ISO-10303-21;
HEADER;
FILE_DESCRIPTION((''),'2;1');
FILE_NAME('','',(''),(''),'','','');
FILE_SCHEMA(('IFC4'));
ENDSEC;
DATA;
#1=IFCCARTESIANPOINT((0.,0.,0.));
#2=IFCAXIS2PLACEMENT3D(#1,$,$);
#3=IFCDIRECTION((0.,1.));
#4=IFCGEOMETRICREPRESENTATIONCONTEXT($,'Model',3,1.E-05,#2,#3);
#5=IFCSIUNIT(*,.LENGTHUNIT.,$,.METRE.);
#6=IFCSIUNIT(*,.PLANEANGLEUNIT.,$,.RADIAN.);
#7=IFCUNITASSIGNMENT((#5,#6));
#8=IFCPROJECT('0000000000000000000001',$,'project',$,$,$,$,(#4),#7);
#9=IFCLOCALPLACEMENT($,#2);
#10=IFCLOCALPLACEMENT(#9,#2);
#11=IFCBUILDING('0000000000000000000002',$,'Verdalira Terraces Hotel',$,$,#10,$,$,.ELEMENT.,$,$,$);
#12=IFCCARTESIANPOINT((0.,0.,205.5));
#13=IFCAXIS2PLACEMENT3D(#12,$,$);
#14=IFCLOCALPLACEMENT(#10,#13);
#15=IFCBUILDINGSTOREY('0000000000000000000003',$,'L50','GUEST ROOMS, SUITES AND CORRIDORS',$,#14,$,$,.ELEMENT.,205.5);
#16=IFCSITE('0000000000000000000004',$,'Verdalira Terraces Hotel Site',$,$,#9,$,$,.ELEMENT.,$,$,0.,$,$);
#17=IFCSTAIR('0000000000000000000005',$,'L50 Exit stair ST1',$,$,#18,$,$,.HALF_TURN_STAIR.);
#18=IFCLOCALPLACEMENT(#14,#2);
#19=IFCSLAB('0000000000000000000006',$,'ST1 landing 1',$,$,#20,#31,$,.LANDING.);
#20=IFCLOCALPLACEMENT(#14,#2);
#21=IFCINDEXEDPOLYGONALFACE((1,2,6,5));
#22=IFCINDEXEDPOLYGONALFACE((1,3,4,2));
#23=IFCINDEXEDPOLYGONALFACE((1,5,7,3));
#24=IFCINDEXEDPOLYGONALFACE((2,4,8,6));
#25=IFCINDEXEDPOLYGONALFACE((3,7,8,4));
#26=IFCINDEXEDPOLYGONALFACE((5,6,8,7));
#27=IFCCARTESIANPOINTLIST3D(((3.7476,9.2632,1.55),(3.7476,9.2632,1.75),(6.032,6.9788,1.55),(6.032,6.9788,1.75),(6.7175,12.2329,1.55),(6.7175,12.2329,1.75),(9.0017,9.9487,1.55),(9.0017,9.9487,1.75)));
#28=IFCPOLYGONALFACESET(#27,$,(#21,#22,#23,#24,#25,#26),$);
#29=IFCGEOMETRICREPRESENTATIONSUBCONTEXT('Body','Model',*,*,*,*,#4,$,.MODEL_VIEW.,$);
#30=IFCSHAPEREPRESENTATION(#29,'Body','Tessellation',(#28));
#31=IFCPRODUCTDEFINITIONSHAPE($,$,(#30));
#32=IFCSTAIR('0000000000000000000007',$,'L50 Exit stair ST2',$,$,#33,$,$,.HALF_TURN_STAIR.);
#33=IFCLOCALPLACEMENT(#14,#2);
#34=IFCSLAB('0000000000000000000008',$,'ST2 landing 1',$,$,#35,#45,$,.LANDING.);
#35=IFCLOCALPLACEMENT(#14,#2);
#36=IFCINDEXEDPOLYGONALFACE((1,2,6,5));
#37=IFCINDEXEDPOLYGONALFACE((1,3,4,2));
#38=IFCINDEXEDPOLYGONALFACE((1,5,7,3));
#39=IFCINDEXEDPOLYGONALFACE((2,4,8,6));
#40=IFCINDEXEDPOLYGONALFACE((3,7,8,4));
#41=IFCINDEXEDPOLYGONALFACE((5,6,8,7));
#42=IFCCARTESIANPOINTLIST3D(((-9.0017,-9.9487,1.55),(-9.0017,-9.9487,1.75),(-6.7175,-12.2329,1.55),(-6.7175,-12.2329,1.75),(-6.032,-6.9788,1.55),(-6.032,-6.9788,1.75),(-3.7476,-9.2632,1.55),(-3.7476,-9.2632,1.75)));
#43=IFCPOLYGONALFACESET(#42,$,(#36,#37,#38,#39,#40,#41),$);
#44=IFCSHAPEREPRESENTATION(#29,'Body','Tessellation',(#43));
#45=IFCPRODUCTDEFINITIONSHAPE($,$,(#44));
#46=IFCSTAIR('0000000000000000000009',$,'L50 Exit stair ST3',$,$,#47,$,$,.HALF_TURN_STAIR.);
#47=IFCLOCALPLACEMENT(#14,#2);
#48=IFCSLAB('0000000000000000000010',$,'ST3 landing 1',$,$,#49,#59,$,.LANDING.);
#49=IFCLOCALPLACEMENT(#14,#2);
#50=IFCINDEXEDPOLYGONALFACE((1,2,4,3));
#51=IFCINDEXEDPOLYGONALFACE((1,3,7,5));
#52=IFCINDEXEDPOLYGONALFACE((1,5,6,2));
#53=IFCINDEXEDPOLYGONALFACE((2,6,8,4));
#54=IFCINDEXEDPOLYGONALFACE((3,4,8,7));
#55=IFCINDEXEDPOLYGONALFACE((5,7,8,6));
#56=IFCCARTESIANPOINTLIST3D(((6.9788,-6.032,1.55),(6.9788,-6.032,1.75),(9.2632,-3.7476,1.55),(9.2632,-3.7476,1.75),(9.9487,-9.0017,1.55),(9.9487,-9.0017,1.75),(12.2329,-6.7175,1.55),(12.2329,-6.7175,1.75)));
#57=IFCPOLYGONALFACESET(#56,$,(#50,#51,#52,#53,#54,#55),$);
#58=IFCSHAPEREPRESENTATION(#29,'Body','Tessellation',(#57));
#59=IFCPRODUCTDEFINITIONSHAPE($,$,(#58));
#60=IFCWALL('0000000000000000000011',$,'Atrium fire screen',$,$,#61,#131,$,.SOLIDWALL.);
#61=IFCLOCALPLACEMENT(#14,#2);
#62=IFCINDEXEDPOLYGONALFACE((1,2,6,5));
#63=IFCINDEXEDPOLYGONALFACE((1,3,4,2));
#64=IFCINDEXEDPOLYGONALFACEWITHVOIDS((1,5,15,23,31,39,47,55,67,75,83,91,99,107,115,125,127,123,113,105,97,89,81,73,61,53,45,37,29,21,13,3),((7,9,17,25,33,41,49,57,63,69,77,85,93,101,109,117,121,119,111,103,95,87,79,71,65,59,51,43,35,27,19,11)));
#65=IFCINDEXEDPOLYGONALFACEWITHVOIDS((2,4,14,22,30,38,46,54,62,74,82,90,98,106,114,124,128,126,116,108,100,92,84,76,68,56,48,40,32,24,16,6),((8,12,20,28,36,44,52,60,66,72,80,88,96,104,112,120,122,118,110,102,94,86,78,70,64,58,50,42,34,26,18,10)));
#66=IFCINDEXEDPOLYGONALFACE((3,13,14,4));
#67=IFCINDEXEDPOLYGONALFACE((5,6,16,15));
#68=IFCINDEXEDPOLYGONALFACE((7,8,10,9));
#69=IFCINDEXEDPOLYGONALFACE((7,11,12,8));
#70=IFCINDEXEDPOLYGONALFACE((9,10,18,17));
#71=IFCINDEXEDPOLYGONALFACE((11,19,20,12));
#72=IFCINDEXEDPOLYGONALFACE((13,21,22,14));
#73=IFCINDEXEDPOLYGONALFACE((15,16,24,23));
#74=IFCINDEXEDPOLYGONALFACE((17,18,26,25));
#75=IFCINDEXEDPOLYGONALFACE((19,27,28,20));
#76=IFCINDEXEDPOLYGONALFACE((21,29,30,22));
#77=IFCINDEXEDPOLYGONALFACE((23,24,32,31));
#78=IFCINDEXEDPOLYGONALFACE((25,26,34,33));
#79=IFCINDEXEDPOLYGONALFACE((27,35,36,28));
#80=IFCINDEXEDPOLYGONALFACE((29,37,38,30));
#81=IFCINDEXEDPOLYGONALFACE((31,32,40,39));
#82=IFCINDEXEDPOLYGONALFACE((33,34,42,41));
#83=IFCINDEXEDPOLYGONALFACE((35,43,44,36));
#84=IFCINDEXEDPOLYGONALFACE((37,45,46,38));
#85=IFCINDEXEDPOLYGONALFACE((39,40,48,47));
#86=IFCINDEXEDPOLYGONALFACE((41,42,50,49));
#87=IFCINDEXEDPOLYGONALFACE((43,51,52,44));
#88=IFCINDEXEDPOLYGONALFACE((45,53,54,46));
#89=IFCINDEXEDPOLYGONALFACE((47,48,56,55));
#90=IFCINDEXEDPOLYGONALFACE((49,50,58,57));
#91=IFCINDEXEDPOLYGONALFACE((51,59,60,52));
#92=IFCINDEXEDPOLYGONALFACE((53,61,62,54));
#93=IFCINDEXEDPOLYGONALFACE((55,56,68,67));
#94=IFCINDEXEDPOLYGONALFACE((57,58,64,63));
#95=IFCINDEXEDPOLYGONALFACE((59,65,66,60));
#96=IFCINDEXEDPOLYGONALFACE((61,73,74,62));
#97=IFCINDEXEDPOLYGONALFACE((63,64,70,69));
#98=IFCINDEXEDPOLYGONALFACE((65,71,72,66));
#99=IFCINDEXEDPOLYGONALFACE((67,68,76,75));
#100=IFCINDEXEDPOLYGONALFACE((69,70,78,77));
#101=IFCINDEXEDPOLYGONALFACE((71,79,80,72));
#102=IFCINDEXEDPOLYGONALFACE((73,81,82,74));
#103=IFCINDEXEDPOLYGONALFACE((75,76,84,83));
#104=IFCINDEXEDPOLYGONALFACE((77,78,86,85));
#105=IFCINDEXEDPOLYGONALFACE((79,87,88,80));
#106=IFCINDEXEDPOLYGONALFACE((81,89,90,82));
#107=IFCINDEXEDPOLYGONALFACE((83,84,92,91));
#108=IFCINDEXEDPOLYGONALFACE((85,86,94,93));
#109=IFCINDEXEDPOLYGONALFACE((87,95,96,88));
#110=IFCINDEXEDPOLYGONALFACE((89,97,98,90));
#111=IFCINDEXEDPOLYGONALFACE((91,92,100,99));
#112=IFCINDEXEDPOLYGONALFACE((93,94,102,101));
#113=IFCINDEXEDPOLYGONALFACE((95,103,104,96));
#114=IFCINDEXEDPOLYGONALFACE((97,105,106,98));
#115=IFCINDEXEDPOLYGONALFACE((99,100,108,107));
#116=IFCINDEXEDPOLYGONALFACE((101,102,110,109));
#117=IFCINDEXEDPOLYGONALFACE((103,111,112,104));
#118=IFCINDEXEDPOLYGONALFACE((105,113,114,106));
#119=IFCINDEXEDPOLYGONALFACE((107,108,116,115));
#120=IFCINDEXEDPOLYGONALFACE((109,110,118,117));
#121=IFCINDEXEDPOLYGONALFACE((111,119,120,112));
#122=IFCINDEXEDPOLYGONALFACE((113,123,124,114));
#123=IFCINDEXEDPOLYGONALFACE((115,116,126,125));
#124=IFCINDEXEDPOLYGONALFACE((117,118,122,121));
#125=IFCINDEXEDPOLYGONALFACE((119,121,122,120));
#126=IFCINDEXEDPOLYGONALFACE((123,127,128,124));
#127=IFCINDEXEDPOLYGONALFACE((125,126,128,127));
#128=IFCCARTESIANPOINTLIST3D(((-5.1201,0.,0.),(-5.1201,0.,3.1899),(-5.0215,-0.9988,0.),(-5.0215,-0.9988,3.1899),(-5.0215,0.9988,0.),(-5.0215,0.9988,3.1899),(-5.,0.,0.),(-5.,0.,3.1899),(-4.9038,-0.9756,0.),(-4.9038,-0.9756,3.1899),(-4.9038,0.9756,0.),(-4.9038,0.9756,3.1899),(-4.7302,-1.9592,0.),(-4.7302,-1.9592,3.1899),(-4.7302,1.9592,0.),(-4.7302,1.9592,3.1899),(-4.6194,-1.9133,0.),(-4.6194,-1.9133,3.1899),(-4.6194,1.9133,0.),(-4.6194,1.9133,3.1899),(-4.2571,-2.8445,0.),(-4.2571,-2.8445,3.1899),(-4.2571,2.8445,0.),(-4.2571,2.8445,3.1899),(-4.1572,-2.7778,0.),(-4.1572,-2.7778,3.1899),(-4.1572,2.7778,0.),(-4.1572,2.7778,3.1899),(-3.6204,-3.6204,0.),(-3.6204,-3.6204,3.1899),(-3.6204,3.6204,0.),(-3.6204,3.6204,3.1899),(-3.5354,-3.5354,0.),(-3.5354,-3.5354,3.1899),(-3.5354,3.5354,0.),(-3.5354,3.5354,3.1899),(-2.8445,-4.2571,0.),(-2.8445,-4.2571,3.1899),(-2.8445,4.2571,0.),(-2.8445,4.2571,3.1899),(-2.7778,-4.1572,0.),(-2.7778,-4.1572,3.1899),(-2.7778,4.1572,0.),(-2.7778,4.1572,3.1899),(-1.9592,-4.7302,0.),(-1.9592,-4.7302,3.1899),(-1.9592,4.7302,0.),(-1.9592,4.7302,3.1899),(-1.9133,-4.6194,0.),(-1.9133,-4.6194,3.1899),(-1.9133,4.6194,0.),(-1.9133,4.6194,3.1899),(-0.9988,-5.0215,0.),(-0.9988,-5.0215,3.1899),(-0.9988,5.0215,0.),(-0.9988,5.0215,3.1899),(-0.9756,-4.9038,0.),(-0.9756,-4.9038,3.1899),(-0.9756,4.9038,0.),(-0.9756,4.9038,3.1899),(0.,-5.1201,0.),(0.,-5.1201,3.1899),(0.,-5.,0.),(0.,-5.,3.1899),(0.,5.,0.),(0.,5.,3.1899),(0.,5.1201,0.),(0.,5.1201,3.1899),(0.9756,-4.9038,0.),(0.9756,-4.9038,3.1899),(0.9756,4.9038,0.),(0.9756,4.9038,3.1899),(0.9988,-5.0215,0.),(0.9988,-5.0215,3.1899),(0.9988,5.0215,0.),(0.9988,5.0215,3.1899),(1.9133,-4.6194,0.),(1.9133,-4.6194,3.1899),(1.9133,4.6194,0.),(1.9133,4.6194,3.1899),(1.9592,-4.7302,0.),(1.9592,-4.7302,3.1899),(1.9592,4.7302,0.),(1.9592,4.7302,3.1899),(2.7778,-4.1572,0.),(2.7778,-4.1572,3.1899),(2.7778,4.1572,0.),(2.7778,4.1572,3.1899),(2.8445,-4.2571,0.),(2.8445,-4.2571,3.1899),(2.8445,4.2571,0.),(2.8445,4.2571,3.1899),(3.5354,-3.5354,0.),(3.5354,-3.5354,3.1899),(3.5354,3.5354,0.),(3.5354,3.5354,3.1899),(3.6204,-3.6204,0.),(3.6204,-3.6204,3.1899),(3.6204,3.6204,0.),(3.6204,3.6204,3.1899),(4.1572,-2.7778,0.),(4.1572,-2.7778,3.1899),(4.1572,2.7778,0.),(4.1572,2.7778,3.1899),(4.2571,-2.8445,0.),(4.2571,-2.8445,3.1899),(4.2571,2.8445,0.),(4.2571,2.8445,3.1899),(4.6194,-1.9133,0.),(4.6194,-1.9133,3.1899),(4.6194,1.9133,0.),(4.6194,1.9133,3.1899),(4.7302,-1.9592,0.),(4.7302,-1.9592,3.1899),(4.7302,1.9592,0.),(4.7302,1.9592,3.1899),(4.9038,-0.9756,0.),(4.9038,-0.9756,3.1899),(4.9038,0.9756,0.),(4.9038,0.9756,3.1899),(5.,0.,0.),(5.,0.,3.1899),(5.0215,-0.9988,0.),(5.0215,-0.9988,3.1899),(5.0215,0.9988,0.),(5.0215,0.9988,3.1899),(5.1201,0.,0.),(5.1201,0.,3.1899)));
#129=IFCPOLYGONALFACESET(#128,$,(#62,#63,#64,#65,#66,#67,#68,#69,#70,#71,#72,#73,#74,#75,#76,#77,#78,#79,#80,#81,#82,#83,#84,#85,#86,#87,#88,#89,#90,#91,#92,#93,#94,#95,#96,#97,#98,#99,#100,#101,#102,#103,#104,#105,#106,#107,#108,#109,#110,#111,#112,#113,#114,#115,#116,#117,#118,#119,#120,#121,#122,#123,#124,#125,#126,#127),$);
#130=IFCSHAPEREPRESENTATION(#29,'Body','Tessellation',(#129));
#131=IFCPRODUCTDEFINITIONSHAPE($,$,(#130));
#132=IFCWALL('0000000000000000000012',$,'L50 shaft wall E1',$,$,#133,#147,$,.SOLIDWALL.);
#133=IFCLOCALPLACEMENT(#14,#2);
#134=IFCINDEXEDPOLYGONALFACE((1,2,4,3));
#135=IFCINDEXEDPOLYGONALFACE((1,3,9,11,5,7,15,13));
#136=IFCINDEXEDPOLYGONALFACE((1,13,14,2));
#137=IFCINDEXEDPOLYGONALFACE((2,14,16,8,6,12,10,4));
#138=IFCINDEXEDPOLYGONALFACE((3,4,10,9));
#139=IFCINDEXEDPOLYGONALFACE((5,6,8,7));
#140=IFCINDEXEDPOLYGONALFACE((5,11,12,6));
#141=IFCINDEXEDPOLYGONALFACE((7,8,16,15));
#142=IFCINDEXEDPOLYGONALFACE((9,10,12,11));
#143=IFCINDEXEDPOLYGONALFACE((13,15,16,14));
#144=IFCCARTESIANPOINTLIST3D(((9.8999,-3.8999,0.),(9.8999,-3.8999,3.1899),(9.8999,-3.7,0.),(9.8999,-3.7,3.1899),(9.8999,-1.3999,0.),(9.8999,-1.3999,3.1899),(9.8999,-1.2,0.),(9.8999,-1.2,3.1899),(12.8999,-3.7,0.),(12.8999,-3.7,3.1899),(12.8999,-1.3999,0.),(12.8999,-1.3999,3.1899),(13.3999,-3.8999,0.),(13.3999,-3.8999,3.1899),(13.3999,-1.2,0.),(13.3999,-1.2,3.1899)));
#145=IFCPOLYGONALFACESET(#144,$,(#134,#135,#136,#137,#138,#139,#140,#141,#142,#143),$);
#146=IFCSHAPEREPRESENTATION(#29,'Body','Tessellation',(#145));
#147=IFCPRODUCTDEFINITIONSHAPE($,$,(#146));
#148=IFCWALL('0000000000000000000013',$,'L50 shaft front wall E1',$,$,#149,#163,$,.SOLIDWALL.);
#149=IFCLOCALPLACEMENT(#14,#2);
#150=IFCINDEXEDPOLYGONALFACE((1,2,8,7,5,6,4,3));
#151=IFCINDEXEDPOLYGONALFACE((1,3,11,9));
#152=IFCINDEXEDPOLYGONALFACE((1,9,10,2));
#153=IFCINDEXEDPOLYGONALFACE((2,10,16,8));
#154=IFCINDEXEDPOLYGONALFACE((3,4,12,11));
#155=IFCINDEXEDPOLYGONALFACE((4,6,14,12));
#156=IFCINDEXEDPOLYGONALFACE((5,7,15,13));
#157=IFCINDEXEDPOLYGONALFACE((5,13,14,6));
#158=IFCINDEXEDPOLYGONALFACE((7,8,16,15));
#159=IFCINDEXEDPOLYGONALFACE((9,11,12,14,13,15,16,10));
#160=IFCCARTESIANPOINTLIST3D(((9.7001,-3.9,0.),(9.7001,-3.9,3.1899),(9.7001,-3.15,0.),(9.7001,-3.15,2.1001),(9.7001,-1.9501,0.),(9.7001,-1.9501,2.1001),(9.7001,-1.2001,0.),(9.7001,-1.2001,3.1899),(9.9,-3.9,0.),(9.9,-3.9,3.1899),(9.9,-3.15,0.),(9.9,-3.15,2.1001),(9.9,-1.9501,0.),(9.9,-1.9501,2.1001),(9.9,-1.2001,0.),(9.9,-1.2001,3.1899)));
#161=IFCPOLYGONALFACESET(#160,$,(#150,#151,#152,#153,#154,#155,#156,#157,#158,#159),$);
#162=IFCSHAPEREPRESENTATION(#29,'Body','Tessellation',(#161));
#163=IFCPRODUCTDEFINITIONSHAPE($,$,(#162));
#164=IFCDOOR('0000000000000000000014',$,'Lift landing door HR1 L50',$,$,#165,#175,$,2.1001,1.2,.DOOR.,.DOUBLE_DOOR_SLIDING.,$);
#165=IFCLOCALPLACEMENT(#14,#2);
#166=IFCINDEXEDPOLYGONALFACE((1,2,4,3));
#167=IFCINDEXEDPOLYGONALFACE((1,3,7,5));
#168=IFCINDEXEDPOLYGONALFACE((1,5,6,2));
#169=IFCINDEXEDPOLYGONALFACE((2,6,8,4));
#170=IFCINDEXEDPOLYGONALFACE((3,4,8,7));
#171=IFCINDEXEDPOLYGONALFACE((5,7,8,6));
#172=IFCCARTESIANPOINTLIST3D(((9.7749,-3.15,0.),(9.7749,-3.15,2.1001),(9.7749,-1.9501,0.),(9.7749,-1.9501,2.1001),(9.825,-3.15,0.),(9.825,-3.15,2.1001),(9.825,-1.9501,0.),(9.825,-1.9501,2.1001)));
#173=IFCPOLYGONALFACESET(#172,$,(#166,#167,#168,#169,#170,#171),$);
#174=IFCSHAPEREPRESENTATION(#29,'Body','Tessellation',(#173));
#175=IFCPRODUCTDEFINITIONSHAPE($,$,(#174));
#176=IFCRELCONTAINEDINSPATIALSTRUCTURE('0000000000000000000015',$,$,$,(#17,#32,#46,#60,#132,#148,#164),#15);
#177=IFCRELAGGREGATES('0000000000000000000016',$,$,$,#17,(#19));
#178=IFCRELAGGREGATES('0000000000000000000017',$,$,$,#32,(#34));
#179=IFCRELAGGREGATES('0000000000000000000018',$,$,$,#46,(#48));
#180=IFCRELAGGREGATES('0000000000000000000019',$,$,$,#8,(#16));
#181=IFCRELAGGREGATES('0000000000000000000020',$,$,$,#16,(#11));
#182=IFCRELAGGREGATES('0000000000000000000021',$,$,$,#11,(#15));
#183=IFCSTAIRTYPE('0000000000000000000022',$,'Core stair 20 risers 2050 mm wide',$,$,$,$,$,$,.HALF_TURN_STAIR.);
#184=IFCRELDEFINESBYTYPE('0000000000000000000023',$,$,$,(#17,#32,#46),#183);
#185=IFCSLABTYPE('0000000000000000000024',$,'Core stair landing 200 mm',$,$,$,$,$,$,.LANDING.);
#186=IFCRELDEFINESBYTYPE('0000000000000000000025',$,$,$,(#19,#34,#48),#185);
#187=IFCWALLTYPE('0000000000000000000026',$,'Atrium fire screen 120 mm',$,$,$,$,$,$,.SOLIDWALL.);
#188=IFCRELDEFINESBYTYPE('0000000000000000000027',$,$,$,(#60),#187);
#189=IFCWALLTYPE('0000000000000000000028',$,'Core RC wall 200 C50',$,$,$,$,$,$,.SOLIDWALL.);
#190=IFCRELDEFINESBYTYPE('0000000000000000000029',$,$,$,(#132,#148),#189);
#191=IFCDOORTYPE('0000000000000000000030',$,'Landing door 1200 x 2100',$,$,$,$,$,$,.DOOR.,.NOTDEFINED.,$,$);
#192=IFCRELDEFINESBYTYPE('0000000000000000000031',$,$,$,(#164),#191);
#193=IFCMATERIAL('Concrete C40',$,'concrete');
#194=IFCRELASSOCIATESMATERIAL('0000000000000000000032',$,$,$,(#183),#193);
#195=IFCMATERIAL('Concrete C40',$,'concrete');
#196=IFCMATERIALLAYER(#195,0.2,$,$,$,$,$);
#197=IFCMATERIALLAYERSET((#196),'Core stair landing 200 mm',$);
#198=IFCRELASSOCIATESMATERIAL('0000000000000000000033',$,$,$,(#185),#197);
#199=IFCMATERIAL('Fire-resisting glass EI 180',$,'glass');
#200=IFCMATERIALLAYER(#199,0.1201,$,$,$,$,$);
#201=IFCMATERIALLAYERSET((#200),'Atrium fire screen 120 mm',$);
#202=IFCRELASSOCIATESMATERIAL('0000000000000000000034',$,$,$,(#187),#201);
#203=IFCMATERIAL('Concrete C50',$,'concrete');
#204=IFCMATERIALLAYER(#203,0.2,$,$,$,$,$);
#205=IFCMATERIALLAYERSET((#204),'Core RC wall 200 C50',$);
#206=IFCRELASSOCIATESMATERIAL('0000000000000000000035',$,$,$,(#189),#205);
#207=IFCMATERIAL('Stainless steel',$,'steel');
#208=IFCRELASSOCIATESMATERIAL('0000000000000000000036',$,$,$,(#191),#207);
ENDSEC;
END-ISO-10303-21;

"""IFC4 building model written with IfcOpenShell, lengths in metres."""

from ifc_helpers import new_model, si_unit, direction, frame, frame_2d, origin, place, context, subcontext, project, spatial, polyline, rectangle, outline, extrude, material, layer, layer_set, type_object, element, fill, aggregate, save


model = new_model("IFC4")

# Units and contexts
model_context = context("Model", 3, precision=1e-05, world=origin(), true_north=direction((0.0, 1.0)))
body_context = subcontext(model_context, "Body", "Model", "MODEL_VIEW")
ifc_project = project(units=[si_unit("LENGTHUNIT", "METRE"), si_unit("PLANEANGLEUNIT", "RADIAN")], contexts=[model_context])

# Site, building, storey
site_placement = place(None, origin())
site = spatial("IfcSite", under=ifc_project, at=site_placement, Name="Verdalira Terraces Hotel Site", CompositionType="ELEMENT", RefElevation=0.0)
building_placement = place(site_placement, origin())
building = spatial("IfcBuilding", under=site, at=building_placement, Name="Verdalira Terraces Hotel", CompositionType="ELEMENT")
storey_placement = place(building_placement, frame((0.0, 0.0, 205.5)))
storey = spatial("IfcBuildingStorey", under=building, at=storey_placement, Name="L50", Description="GUEST ROOMS, SUITES AND CORRIDORS", CompositionType="ELEMENT", Elevation=205.5)

# Stairs, slabs
ifc_material_1 = material(Name="Concrete C40", Category="concrete")
stair_type = type_object("IfcStairType", Name="Core stair 20 risers 2050 mm wide", PredefinedType="HALF_TURN_STAIR", material=ifc_material_1)
stair_1_placement = place(storey_placement, origin())
stair_1 = element("IfcStair", 1, at=stair_1_placement, inside=storey, type_object=stair_type, Name="L50 Exit stair ST1", PredefinedType="HALF_TURN_STAIR")
ifc_material_2 = material(Name="Concrete C40", Category="concrete")
ifc_layer_1 = layer(ifc_material_2, 0.2)
ifc_layer_set_1 = layer_set([ifc_layer_1], Name="Core stair landing 200 mm")
slab_type_1 = type_object("IfcSlabType", Name="Core stair landing 200 mm", PredefinedType="LANDING", material=ifc_layer_set_1)
slab_1_placement = place(storey_placement, frame((0.0, 0.0, 1.55)))
slab_1 = element("IfcSlab", 2, at=slab_1_placement, type_object=slab_type_1, Name="ST1 landing 1", PredefinedType="LANDING", context=body_context, shape_type="SweptSolid", body=[
    extrude(outline(polyline([(9.0017, 9.9487), (6.7175, 12.2329), (3.7476, 9.2632), (6.032, 6.9788), (9.0017, 9.9487)])), origin(), (0.0, 0.0, 1.0), 0.2),
])
aggregate(stair_1, [slab_1])
stair_2_placement = place(storey_placement, origin())
stair_2 = element("IfcStair", 3, at=stair_2_placement, inside=storey, type_object=stair_type, Name="L50 Exit stair ST2", PredefinedType="HALF_TURN_STAIR")
slab_2_placement = place(storey_placement, frame((0.0, 0.0, 1.55)))
slab_2 = element("IfcSlab", 4, at=slab_2_placement, type_object=slab_type_1, Name="ST2 landing 1", PredefinedType="LANDING", context=body_context, shape_type="SweptSolid", body=[
    extrude(outline(polyline([(-9.0017, -9.9487), (-6.7175, -12.2329), (-3.7476, -9.2632), (-6.032, -6.9788), (-9.0017, -9.9487)])), origin(), (0.0, 0.0, 1.0), 0.2),
])
aggregate(stair_2, [slab_2])
stair_3_placement = place(storey_placement, origin())
stair_3 = element("IfcStair", 5, at=stair_3_placement, inside=storey, type_object=stair_type, Name="L50 Exit stair ST3", PredefinedType="HALF_TURN_STAIR")
slab_3_placement = place(storey_placement, frame((0.0, 0.0, 1.55)))
slab_3 = element("IfcSlab", 6, at=slab_3_placement, type_object=slab_type_1, Name="ST3 landing 1", PredefinedType="LANDING", context=body_context, shape_type="SweptSolid", body=[
    extrude(outline(polyline([(9.9487, -9.0017), (12.2329, -6.7175), (9.2632, -3.7476), (6.9788, -6.032), (9.9487, -9.0017)])), origin(), (0.0, 0.0, 1.0), 0.2),
])
aggregate(stair_3, [slab_3])

# Walls
ifc_material_3 = material(Name="Fire-resisting glass EI 180", Category="glass")
ifc_layer_2 = layer(ifc_material_3, 0.1201)
ifc_layer_set_2 = layer_set([ifc_layer_2], Name="Atrium fire screen 120 mm")
wall_type_1 = type_object("IfcWallType", Name="Atrium fire screen 120 mm", PredefinedType="SOLIDWALL", material=ifc_layer_set_2)
wall_1_placement = place(storey_placement, origin())
element("IfcWall", 7, at=wall_1_placement, inside=storey, type_object=wall_type_1, Name="Atrium fire screen", PredefinedType="SOLIDWALL", context=body_context, shape_type="SweptSolid", body=[
    extrude(outline(polyline([(5.0215, -0.9988), (4.7302, -1.9592), (4.2571, -2.8445), (3.6204, -3.6204), (2.8445, -4.2571), (1.9592, -4.7302), (0.9988, -5.0215), (0.0, -5.1201), (-0.9988, -5.0215), (-1.9592, -4.7302), (-2.8445, -4.2571), (-3.6204, -3.6204), (-4.2571, -2.8445), (-4.7302, -1.9592), (-5.0215, -0.9988), (-5.1201, 0.0), (-5.0215, 0.9988), (-4.7302, 1.9592), (-4.2571, 2.8445), (-3.6204, 3.6204), (-2.8445, 4.2571), (-1.9592, 4.7302), (-0.9988, 5.0215), (0.0, 5.1201), (0.9988, 5.0215), (1.9592, 4.7302), (2.8445, 4.2571), (3.6204, 3.6204), (4.2571, 2.8445), (4.7302, 1.9592), (5.0215, 0.9988), (5.1201, 0.0), (5.0215, -0.9988)]), holes=[polyline([(4.9038, 0.9756), (4.6194, 1.9133), (4.1572, 2.7778), (3.5354, 3.5354), (2.7778, 4.1572), (1.9133, 4.6194), (0.9756, 4.9038), (0.0, 5.0), (-0.9756, 4.9038), (-1.9133, 4.6194), (-2.7778, 4.1572), (-3.5354, 3.5354), (-4.1572, 2.7778), (-4.6194, 1.9133), (-4.9038, 0.9756), (-5.0, 0.0), (-4.9038, -0.9756), (-4.6194, -1.9133), (-4.1572, -2.7778), (-3.5354, -3.5354), (-2.7778, -4.1572), (-1.9133, -4.6194), (-0.9756, -4.9038), (0.0, -5.0), (0.9756, -4.9038), (1.9133, -4.6194), (2.7778, -4.1572), (3.5354, -3.5354), (4.1572, -2.7778), (4.6194, -1.9133), (4.9038, -0.9756), (5.0, 0.0), (4.9038, 0.9756)])]), origin(), (0.0, 0.0, 1.0), 3.1899),
])
ifc_material_4 = material(Name="Concrete C50", Category="concrete")
ifc_layer_3 = layer(ifc_material_4, 0.2)
ifc_layer_set_3 = layer_set([ifc_layer_3], Name="Core RC wall 200 C50")
wall_type_2 = type_object("IfcWallType", Name="Core RC wall 200 C50", PredefinedType="SOLIDWALL", material=ifc_layer_set_3)
wall_2_placement = place(storey_placement, origin())
element("IfcWall", 8, at=wall_2_placement, inside=storey, type_object=wall_type_2, Name="L50 shaft wall E1", PredefinedType="SOLIDWALL", context=body_context, shape_type="SweptSolid", body=[
    extrude(outline(polyline([(13.3999, -3.8999), (9.8999, -3.8999), (9.8999, -3.7), (12.8999, -3.7), (12.8999, -1.3999), (9.8999, -1.3999), (9.8999, -1.2), (13.3999, -1.2), (13.3999, -3.8999)])), origin(), (0.0, 0.0, 1.0), 3.1899),
])

# Wall, opening, door
wall_3_placement = place(storey_placement, frame((9.8, -1.2, 0.0), z_axis=(0.0, 0.0, 1.0), x_axis=(0.0, -1.0, 0.0)))
wall_3 = element("IfcWall", 9, at=wall_3_placement, inside=storey, type_object=wall_type_2, Name="L50 shaft front wall E1", PredefinedType="SOLIDWALL", context=body_context, shape_type="SweptSolid", body=[
    extrude(rectangle(XDim=2.7, YDim=0.2, at=frame_2d((1.3501, 0.0))), origin(), (0.0, 0.0, 1.0), 3.1899),
])
opening_1_placement = place(wall_3_placement, frame((0.75, 0.0, 0.0)))
opening_1 = element("IfcOpeningElement", 10, at=opening_1_placement, cuts=wall_3, PredefinedType="OPENING", context=body_context, shape_type="SweptSolid", body=[
    extrude(rectangle(XDim=1.2, YDim=2.1001, at=frame_2d((0.6001, 1.05))), frame((0.0, 0.1099, 0.0), z_axis=(0.0, -1.0, 0.0), x_axis=(1.0, 0.0, 0.0)), (0.0, 0.0, 1.0), 0.22),
])
ifc_material_5 = material(Name="Stainless steel", Category="steel")
door_type_1 = type_object("IfcDoorType", Name="Landing door 1200 x 2100", OperationType="NOTDEFINED", PredefinedType="DOOR", material=ifc_material_5)
door_1_placement = place(opening_1_placement, origin())
door_1 = element("IfcDoor", 11, at=door_1_placement, inside=storey, type_object=door_type_1, Name="Lift landing door HR1 L50", OperationType="DOUBLE_DOOR_SLIDING", OverallHeight=2.1001, OverallWidth=1.2, PredefinedType="DOOR", context=body_context, shape_type="SweptSolid", body=[
    extrude(rectangle(XDim=1.2, YDim=2.1001, at=frame_2d((0.6001, 1.05))), frame((0.0, 0.0249, 0.0), z_axis=(0.0, -1.0, 0.0), x_axis=(1.0, 0.0, 0.0)), (0.0, 0.0, 1.0), 0.05),
])
fill(opening_1, door_1)

save(model, "model.ifc")
